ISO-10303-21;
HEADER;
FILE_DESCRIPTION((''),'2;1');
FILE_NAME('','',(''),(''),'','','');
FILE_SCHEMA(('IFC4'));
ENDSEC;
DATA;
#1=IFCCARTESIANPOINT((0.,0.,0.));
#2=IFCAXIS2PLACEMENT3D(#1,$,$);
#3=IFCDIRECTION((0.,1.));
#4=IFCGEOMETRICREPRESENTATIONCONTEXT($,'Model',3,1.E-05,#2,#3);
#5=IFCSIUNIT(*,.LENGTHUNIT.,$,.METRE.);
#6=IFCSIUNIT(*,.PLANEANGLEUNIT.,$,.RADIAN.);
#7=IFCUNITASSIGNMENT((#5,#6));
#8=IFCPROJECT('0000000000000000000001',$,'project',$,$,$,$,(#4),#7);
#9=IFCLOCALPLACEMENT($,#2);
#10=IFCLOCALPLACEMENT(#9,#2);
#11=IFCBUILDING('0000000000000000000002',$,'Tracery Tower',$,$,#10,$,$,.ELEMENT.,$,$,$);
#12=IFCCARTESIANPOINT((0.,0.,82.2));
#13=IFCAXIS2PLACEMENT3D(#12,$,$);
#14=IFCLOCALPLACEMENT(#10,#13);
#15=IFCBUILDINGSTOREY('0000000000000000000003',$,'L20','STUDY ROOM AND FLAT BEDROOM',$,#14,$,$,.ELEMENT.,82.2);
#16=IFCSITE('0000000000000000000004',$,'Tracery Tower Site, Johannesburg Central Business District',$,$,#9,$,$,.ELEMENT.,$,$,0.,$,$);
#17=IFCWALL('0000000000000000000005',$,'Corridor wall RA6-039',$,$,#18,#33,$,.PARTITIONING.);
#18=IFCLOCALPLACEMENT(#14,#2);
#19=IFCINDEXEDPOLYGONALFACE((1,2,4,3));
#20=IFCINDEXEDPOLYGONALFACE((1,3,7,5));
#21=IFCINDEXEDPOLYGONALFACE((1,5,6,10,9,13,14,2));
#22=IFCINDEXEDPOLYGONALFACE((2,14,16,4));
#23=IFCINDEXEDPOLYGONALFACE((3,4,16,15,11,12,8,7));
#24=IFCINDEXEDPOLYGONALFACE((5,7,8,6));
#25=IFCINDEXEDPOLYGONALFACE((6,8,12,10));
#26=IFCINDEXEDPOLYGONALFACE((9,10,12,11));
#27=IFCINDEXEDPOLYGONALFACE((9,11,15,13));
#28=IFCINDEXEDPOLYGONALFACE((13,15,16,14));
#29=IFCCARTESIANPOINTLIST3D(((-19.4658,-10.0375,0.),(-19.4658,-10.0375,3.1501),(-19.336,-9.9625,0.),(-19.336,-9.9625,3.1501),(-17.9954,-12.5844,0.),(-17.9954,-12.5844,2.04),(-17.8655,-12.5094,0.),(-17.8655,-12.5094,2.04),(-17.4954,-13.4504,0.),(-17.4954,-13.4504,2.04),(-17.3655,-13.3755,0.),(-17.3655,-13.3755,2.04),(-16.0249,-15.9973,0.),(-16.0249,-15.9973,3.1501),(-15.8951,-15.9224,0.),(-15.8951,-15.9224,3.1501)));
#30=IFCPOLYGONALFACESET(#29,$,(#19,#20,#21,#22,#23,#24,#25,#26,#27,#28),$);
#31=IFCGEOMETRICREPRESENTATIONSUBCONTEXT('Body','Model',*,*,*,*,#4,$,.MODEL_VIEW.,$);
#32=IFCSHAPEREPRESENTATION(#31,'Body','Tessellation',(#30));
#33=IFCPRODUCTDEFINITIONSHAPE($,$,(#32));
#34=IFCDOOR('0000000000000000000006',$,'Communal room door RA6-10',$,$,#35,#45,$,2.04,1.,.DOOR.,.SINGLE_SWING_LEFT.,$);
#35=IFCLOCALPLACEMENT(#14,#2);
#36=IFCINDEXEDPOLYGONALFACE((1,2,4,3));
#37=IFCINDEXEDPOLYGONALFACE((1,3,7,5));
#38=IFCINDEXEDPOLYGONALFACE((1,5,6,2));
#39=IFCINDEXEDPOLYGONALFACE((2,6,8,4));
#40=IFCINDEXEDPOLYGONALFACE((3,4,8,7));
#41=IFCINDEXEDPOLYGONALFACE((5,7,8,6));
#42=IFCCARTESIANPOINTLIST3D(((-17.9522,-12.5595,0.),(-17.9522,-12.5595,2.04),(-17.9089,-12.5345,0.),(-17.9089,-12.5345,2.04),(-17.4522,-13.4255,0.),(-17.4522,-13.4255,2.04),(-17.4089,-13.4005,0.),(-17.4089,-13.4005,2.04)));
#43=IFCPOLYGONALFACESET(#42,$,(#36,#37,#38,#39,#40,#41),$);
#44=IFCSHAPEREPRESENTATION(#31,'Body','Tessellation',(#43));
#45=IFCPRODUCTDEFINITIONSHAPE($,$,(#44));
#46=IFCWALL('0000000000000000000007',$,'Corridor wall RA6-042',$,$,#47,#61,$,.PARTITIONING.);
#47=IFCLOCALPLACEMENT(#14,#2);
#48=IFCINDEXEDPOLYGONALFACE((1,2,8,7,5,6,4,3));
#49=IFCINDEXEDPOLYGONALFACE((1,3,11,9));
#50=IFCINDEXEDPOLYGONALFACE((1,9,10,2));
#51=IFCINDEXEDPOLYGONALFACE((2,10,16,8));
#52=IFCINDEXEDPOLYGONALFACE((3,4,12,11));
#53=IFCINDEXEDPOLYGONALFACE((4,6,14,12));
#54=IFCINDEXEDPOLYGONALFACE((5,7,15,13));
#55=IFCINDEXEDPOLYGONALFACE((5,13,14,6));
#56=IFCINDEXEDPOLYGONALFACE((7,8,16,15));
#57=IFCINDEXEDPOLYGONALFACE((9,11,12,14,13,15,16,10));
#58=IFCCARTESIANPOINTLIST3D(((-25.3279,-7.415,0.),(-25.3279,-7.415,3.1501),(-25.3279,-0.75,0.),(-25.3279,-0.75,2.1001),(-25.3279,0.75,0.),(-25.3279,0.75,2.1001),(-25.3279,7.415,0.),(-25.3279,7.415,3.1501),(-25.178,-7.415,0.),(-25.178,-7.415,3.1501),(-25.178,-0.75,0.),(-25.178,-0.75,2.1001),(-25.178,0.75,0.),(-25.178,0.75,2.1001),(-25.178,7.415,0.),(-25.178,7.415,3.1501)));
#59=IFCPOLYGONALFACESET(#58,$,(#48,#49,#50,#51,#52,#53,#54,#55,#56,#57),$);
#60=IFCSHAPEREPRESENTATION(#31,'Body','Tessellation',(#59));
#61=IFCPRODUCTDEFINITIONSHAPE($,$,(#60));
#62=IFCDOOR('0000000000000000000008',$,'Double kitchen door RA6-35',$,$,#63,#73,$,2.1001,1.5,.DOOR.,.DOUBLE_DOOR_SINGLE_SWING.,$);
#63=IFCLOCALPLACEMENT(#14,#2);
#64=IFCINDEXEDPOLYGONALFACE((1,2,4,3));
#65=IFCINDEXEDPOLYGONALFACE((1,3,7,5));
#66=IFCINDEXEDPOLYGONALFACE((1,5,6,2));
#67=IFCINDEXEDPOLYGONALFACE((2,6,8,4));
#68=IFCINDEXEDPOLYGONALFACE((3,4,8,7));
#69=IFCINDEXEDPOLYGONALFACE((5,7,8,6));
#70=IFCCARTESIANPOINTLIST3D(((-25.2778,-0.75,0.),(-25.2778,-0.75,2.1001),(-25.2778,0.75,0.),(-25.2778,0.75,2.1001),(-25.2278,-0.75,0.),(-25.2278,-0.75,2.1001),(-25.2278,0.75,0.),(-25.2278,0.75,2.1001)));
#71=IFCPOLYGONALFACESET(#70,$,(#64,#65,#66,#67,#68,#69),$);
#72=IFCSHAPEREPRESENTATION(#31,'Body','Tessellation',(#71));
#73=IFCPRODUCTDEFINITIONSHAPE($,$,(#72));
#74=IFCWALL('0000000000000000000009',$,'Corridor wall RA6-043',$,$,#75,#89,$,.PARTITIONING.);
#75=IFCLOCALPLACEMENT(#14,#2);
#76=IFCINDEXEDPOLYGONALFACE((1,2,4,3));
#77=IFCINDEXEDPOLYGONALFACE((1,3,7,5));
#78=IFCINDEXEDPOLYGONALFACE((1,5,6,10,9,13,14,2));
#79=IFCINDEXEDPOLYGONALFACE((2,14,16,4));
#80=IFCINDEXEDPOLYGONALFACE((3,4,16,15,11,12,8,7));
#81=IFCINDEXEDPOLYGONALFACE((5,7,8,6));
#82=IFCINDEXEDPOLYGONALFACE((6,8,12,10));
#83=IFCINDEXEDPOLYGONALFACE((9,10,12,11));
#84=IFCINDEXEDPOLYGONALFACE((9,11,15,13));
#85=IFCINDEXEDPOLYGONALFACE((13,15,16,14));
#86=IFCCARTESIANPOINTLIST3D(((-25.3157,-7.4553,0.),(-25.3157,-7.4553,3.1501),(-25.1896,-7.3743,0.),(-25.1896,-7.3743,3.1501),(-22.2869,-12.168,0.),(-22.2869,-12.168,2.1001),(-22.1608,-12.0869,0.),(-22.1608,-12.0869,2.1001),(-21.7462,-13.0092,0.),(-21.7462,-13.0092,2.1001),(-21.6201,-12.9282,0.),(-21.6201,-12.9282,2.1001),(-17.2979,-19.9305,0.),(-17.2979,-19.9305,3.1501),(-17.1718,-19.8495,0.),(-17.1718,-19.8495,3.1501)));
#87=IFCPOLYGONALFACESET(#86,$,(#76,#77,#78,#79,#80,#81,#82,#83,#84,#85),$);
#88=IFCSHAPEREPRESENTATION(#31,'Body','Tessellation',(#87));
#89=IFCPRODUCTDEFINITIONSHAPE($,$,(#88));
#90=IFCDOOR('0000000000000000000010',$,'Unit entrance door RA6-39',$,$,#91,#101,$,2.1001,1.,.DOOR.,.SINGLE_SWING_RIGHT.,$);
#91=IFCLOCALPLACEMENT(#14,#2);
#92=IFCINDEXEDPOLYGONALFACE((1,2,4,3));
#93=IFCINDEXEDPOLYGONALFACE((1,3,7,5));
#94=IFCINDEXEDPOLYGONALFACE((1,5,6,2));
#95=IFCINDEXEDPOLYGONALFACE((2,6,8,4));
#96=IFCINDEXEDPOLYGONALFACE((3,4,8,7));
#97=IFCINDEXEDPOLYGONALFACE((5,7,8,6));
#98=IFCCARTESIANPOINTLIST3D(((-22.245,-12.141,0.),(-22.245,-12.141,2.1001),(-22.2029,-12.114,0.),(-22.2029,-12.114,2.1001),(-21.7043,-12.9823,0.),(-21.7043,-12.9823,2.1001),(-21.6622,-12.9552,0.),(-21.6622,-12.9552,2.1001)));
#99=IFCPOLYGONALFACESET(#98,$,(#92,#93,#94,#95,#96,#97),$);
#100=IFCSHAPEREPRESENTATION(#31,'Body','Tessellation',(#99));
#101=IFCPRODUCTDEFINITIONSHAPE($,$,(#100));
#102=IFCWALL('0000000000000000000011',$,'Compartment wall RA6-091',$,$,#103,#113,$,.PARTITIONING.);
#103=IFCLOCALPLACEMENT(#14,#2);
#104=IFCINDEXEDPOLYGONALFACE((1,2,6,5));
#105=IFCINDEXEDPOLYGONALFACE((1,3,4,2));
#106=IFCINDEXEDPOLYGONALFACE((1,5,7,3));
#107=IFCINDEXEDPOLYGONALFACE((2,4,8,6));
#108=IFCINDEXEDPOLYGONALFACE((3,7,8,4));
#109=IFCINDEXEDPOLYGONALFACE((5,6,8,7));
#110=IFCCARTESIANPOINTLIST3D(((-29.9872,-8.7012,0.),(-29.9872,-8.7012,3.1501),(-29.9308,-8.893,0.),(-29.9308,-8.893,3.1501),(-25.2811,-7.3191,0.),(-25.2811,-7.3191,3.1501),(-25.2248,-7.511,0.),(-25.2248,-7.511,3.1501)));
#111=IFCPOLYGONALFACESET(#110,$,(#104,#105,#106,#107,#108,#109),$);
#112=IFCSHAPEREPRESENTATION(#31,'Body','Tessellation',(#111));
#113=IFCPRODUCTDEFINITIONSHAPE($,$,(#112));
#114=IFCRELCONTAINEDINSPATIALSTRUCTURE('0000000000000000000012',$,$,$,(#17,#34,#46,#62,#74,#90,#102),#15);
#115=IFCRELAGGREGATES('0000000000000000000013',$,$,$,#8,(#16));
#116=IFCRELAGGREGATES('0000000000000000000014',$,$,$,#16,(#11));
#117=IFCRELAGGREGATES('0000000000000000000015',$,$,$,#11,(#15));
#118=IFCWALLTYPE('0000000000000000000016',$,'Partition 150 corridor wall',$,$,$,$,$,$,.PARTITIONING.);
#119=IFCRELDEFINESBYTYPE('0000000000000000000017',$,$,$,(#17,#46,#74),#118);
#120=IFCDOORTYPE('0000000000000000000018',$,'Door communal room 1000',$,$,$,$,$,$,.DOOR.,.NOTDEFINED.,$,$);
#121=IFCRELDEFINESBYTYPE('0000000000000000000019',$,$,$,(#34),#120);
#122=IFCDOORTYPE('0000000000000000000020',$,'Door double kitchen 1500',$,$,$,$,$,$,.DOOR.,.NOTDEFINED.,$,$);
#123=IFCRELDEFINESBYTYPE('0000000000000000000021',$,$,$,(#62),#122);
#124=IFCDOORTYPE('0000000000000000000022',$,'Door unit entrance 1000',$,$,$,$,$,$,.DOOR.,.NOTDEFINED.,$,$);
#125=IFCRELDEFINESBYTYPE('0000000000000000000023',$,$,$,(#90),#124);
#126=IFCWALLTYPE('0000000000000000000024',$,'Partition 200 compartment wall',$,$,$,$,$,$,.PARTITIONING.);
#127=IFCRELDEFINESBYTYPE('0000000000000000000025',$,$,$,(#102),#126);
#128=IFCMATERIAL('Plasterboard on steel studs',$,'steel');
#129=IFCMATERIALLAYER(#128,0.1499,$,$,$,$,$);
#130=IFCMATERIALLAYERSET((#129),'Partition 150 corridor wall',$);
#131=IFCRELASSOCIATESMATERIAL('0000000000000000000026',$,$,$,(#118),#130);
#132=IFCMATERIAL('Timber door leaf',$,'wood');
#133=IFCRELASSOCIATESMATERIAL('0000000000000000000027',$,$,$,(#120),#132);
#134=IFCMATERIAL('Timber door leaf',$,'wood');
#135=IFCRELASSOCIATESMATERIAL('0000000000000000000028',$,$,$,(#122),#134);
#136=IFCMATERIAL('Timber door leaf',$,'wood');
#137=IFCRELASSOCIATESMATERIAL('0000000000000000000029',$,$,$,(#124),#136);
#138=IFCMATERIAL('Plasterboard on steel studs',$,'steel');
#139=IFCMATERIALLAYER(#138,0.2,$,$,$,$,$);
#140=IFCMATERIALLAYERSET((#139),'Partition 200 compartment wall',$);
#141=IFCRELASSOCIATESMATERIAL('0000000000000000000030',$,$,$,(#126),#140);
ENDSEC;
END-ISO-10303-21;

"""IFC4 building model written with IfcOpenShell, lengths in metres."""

from ifc_helpers import new_model, si_unit, direction, frame, frame_2d, origin, place, context, subcontext, project, spatial, rectangle, extrude, material, layer, layer_set, type_object, element, fill, save


model = new_model("IFC4")

# Units and contexts
model_context = context("Model", 3, precision=1e-05, world=origin(), true_north=direction((0.0, 1.0)))
body_context = subcontext(model_context, "Body", "Model", "MODEL_VIEW")
ifc_project = project(units=[si_unit("LENGTHUNIT", "METRE"), si_unit("PLANEANGLEUNIT", "RADIAN")], contexts=[model_context])

# Site, building, storey
site_placement = place(None, origin())
site = spatial("IfcSite", under=ifc_project, at=site_placement, Name="Tracery Tower Site, Johannesburg Central Business District", CompositionType="ELEMENT", RefElevation=0.0)
building_placement = place(site_placement, origin())
building = spatial("IfcBuilding", under=site, at=building_placement, Name="Tracery Tower", CompositionType="ELEMENT")
storey_placement = place(building_placement, frame((0.0, 0.0, 82.2)))
storey = spatial("IfcBuildingStorey", under=building, at=storey_placement, Name="L20", Description="STUDY ROOM AND FLAT BEDROOM", CompositionType="ELEMENT", Elevation=82.2)

# Shared definitions
ifc_material_1 = material(Name="Plasterboard on steel studs", Category="steel")
ifc_layer_1 = layer(ifc_material_1, 0.1499)
ifc_layer_set_1 = layer_set([ifc_layer_1], Name="Partition 150 corridor wall")
wall_type_1 = type_object("IfcWallType", Name="Partition 150 corridor wall", PredefinedType="PARTITIONING", material=ifc_layer_set_1)

# Walls, openings, doors
wall_1_placement = place(storey_placement, frame((-19.4009, -10.0, 0.0), z_axis=(0.0, 0.0, 1.0), x_axis=(0.499993, -0.86603, 0.0)))
wall_1 = element("IfcWall", 1, at=wall_1_placement, inside=storey, type_object=wall_type_1, Name="Corridor wall RA6-039", PredefinedType="PARTITIONING", context=body_context, shape_type="SweptSolid", body=[
    extrude(rectangle(XDim=6.8818, YDim=0.1499, at=frame_2d((3.4409, 0.0))), origin(), (0.0, 0.0, 1.0), 3.1501),
])
opening_1_placement = place(wall_1_placement, frame((2.9409, 0.0, 0.0)))
opening_1 = element("IfcOpeningElement", 2, at=opening_1_placement, cuts=wall_1, PredefinedType="OPENING", context=body_context, shape_type="SweptSolid", body=[
    extrude(rectangle(XDim=1.0, YDim=2.04, at=frame_2d((0.5, 1.02))), frame((0.0, 0.075, 0.0), z_axis=(0.0, -1.0, 0.0), x_axis=(1.0, 0.0, 0.0)), (0.0, 0.0, 1.0), 0.1499),
])
ifc_material_2 = material(Name="Timber door leaf", Category="wood")
door_type_1 = type_object("IfcDoorType", Name="Door communal room 1000", OperationType="NOTDEFINED", PredefinedType="DOOR", material=ifc_material_2)
door_1_placement = place(opening_1_placement, origin())
door_1 = element("IfcDoor", 3, at=door_1_placement, inside=storey, type_object=door_type_1, Name="Communal room door RA6-10", OperationType="SINGLE_SWING_LEFT", OverallHeight=2.04, OverallWidth=1.0, PredefinedType="DOOR", context=body_context, shape_type="SweptSolid", body=[
    extrude(rectangle(XDim=1.0, YDim=2.04, at=frame_2d((0.5, 1.02))), frame((0.0, 0.0249, 0.0), z_axis=(0.0, -1.0, 0.0), x_axis=(1.0, 0.0, 0.0)), (0.0, 0.0, 1.0), 0.05),
])
fill(opening_1, door_1)
wall_2_placement = place(storey_placement, frame((-25.2529, -7.415, 0.0), z_axis=(0.0, 0.0, 1.0), x_axis=(0.0, 1.0, 0.0)))
wall_2 = element("IfcWall", 4, at=wall_2_placement, inside=storey, type_object=wall_type_1, Name="Corridor wall RA6-042", PredefinedType="PARTITIONING", context=body_context, shape_type="SweptSolid", body=[
    extrude(rectangle(XDim=14.8301, YDim=0.1499, at=frame_2d((7.415, 0.0))), origin(), (0.0, 0.0, 1.0), 3.1501),
])
opening_2_placement = place(wall_2_placement, frame((6.665, 0.0, 0.0)))
opening_2 = element("IfcOpeningElement", 5, at=opening_2_placement, cuts=wall_2, PredefinedType="OPENING", context=body_context, shape_type="SweptSolid", body=[
    extrude(rectangle(XDim=1.5, YDim=2.1001, at=frame_2d((0.75, 1.05))), frame((0.0, 0.075, 0.0), z_axis=(0.0, -1.0, 0.0), x_axis=(1.0, 0.0, 0.0)), (0.0, 0.0, 1.0), 0.1499),
])
ifc_material_3 = material(Name="Timber door leaf", Category="wood")
door_type_2 = type_object("IfcDoorType", Name="Door double kitchen 1500", OperationType="NOTDEFINED", PredefinedType="DOOR", material=ifc_material_3)
door_2_placement = place(opening_2_placement, origin())
door_2 = element("IfcDoor", 6, at=door_2_placement, inside=storey, type_object=door_type_2, Name="Double kitchen door RA6-35", OperationType="DOUBLE_DOOR_SINGLE_SWING", OverallHeight=2.1001, OverallWidth=1.5, PredefinedType="DOOR", context=body_context, shape_type="SweptSolid", body=[
    extrude(rectangle(XDim=1.5, YDim=2.1001, at=frame_2d((0.75, 1.05))), frame((0.0, 0.0249, 0.0), z_axis=(0.0, -1.0, 0.0), x_axis=(1.0, 0.0, 0.0)), (0.0, 0.0, 1.0), 0.05),
])
fill(opening_2, door_2)
wall_3_placement = place(storey_placement, frame((-25.2527, -7.4148, 0.0), z_axis=(0.0, 0.0, 1.0), x_axis=(0.540668, -0.841236, 0.0)))
wall_3 = element("IfcWall", 7, at=wall_3_placement, inside=storey, type_object=wall_type_1, Name="Corridor wall RA6-043", PredefinedType="PARTITIONING", context=body_context, shape_type="SweptSolid", body=[
    extrude(rectangle(XDim=14.8296, YDim=0.1499, at=frame_2d((7.4148, 0.0))), origin(), (0.0, 0.0, 1.0), 3.1501),
])
opening_3_placement = place(wall_3_placement, frame((5.6021, 0.0, 0.0)))
opening_3 = element("IfcOpeningElement", 8, at=opening_3_placement, cuts=wall_3, PredefinedType="OPENING", context=body_context, shape_type="SweptSolid", body=[
    extrude(rectangle(XDim=1.0, YDim=2.1001, at=frame_2d((0.5, 1.05))), frame((0.0, 0.075, 0.0), z_axis=(0.0, -1.0, 0.0), x_axis=(1.0, 0.0, 0.0)), (0.0, 0.0, 1.0), 0.1499),
])
ifc_material_4 = material(Name="Timber door leaf", Category="wood")
door_type_3 = type_object("IfcDoorType", Name="Door unit entrance 1000", OperationType="NOTDEFINED", PredefinedType="DOOR", material=ifc_material_4)
door_3_placement = place(opening_3_placement, origin())
door_3 = element("IfcDoor", 9, at=door_3_placement, inside=storey, type_object=door_type_3, Name="Unit entrance door RA6-39", OperationType="SINGLE_SWING_RIGHT", OverallHeight=2.1001, OverallWidth=1.0, PredefinedType="DOOR", context=body_context, shape_type="SweptSolid", body=[
    extrude(rectangle(XDim=1.0, YDim=2.1001, at=frame_2d((0.5, 1.05))), frame((0.0, 0.0249, 0.0), z_axis=(0.0, -1.0, 0.0), x_axis=(1.0, 0.0, 0.0)), (0.0, 0.0, 1.0), 0.05),
])
fill(opening_3, door_3)

# Wall
ifc_material_5 = material(Name="Plasterboard on steel studs", Category="steel")
ifc_layer_2 = layer(ifc_material_5, 0.2)
ifc_layer_set_2 = layer_set([ifc_layer_2], Name="Partition 200 compartment wall")
wall_type_2 = type_object("IfcWallType", Name="Partition 200 compartment wall", PredefinedType="PARTITIONING", material=ifc_layer_set_2)
wall_4_placement = place(storey_placement, frame((-29.959, -8.7971, 0.0), z_axis=(0.0, 0.0, 1.0), x_axis=(0.959479, 0.281781, 0.0)))
element("IfcWall", 10, at=wall_4_placement, inside=storey, type_object=wall_type_2, Name="Compartment wall RA6-091", PredefinedType="PARTITIONING", context=body_context, shape_type="SweptSolid", body=[
    extrude(rectangle(XDim=4.9048, YDim=0.2, at=frame_2d((2.4524, 0.0))), origin(), (0.0, 0.0, 1.0), 3.1501),
])

save(model, "model.ifc")
